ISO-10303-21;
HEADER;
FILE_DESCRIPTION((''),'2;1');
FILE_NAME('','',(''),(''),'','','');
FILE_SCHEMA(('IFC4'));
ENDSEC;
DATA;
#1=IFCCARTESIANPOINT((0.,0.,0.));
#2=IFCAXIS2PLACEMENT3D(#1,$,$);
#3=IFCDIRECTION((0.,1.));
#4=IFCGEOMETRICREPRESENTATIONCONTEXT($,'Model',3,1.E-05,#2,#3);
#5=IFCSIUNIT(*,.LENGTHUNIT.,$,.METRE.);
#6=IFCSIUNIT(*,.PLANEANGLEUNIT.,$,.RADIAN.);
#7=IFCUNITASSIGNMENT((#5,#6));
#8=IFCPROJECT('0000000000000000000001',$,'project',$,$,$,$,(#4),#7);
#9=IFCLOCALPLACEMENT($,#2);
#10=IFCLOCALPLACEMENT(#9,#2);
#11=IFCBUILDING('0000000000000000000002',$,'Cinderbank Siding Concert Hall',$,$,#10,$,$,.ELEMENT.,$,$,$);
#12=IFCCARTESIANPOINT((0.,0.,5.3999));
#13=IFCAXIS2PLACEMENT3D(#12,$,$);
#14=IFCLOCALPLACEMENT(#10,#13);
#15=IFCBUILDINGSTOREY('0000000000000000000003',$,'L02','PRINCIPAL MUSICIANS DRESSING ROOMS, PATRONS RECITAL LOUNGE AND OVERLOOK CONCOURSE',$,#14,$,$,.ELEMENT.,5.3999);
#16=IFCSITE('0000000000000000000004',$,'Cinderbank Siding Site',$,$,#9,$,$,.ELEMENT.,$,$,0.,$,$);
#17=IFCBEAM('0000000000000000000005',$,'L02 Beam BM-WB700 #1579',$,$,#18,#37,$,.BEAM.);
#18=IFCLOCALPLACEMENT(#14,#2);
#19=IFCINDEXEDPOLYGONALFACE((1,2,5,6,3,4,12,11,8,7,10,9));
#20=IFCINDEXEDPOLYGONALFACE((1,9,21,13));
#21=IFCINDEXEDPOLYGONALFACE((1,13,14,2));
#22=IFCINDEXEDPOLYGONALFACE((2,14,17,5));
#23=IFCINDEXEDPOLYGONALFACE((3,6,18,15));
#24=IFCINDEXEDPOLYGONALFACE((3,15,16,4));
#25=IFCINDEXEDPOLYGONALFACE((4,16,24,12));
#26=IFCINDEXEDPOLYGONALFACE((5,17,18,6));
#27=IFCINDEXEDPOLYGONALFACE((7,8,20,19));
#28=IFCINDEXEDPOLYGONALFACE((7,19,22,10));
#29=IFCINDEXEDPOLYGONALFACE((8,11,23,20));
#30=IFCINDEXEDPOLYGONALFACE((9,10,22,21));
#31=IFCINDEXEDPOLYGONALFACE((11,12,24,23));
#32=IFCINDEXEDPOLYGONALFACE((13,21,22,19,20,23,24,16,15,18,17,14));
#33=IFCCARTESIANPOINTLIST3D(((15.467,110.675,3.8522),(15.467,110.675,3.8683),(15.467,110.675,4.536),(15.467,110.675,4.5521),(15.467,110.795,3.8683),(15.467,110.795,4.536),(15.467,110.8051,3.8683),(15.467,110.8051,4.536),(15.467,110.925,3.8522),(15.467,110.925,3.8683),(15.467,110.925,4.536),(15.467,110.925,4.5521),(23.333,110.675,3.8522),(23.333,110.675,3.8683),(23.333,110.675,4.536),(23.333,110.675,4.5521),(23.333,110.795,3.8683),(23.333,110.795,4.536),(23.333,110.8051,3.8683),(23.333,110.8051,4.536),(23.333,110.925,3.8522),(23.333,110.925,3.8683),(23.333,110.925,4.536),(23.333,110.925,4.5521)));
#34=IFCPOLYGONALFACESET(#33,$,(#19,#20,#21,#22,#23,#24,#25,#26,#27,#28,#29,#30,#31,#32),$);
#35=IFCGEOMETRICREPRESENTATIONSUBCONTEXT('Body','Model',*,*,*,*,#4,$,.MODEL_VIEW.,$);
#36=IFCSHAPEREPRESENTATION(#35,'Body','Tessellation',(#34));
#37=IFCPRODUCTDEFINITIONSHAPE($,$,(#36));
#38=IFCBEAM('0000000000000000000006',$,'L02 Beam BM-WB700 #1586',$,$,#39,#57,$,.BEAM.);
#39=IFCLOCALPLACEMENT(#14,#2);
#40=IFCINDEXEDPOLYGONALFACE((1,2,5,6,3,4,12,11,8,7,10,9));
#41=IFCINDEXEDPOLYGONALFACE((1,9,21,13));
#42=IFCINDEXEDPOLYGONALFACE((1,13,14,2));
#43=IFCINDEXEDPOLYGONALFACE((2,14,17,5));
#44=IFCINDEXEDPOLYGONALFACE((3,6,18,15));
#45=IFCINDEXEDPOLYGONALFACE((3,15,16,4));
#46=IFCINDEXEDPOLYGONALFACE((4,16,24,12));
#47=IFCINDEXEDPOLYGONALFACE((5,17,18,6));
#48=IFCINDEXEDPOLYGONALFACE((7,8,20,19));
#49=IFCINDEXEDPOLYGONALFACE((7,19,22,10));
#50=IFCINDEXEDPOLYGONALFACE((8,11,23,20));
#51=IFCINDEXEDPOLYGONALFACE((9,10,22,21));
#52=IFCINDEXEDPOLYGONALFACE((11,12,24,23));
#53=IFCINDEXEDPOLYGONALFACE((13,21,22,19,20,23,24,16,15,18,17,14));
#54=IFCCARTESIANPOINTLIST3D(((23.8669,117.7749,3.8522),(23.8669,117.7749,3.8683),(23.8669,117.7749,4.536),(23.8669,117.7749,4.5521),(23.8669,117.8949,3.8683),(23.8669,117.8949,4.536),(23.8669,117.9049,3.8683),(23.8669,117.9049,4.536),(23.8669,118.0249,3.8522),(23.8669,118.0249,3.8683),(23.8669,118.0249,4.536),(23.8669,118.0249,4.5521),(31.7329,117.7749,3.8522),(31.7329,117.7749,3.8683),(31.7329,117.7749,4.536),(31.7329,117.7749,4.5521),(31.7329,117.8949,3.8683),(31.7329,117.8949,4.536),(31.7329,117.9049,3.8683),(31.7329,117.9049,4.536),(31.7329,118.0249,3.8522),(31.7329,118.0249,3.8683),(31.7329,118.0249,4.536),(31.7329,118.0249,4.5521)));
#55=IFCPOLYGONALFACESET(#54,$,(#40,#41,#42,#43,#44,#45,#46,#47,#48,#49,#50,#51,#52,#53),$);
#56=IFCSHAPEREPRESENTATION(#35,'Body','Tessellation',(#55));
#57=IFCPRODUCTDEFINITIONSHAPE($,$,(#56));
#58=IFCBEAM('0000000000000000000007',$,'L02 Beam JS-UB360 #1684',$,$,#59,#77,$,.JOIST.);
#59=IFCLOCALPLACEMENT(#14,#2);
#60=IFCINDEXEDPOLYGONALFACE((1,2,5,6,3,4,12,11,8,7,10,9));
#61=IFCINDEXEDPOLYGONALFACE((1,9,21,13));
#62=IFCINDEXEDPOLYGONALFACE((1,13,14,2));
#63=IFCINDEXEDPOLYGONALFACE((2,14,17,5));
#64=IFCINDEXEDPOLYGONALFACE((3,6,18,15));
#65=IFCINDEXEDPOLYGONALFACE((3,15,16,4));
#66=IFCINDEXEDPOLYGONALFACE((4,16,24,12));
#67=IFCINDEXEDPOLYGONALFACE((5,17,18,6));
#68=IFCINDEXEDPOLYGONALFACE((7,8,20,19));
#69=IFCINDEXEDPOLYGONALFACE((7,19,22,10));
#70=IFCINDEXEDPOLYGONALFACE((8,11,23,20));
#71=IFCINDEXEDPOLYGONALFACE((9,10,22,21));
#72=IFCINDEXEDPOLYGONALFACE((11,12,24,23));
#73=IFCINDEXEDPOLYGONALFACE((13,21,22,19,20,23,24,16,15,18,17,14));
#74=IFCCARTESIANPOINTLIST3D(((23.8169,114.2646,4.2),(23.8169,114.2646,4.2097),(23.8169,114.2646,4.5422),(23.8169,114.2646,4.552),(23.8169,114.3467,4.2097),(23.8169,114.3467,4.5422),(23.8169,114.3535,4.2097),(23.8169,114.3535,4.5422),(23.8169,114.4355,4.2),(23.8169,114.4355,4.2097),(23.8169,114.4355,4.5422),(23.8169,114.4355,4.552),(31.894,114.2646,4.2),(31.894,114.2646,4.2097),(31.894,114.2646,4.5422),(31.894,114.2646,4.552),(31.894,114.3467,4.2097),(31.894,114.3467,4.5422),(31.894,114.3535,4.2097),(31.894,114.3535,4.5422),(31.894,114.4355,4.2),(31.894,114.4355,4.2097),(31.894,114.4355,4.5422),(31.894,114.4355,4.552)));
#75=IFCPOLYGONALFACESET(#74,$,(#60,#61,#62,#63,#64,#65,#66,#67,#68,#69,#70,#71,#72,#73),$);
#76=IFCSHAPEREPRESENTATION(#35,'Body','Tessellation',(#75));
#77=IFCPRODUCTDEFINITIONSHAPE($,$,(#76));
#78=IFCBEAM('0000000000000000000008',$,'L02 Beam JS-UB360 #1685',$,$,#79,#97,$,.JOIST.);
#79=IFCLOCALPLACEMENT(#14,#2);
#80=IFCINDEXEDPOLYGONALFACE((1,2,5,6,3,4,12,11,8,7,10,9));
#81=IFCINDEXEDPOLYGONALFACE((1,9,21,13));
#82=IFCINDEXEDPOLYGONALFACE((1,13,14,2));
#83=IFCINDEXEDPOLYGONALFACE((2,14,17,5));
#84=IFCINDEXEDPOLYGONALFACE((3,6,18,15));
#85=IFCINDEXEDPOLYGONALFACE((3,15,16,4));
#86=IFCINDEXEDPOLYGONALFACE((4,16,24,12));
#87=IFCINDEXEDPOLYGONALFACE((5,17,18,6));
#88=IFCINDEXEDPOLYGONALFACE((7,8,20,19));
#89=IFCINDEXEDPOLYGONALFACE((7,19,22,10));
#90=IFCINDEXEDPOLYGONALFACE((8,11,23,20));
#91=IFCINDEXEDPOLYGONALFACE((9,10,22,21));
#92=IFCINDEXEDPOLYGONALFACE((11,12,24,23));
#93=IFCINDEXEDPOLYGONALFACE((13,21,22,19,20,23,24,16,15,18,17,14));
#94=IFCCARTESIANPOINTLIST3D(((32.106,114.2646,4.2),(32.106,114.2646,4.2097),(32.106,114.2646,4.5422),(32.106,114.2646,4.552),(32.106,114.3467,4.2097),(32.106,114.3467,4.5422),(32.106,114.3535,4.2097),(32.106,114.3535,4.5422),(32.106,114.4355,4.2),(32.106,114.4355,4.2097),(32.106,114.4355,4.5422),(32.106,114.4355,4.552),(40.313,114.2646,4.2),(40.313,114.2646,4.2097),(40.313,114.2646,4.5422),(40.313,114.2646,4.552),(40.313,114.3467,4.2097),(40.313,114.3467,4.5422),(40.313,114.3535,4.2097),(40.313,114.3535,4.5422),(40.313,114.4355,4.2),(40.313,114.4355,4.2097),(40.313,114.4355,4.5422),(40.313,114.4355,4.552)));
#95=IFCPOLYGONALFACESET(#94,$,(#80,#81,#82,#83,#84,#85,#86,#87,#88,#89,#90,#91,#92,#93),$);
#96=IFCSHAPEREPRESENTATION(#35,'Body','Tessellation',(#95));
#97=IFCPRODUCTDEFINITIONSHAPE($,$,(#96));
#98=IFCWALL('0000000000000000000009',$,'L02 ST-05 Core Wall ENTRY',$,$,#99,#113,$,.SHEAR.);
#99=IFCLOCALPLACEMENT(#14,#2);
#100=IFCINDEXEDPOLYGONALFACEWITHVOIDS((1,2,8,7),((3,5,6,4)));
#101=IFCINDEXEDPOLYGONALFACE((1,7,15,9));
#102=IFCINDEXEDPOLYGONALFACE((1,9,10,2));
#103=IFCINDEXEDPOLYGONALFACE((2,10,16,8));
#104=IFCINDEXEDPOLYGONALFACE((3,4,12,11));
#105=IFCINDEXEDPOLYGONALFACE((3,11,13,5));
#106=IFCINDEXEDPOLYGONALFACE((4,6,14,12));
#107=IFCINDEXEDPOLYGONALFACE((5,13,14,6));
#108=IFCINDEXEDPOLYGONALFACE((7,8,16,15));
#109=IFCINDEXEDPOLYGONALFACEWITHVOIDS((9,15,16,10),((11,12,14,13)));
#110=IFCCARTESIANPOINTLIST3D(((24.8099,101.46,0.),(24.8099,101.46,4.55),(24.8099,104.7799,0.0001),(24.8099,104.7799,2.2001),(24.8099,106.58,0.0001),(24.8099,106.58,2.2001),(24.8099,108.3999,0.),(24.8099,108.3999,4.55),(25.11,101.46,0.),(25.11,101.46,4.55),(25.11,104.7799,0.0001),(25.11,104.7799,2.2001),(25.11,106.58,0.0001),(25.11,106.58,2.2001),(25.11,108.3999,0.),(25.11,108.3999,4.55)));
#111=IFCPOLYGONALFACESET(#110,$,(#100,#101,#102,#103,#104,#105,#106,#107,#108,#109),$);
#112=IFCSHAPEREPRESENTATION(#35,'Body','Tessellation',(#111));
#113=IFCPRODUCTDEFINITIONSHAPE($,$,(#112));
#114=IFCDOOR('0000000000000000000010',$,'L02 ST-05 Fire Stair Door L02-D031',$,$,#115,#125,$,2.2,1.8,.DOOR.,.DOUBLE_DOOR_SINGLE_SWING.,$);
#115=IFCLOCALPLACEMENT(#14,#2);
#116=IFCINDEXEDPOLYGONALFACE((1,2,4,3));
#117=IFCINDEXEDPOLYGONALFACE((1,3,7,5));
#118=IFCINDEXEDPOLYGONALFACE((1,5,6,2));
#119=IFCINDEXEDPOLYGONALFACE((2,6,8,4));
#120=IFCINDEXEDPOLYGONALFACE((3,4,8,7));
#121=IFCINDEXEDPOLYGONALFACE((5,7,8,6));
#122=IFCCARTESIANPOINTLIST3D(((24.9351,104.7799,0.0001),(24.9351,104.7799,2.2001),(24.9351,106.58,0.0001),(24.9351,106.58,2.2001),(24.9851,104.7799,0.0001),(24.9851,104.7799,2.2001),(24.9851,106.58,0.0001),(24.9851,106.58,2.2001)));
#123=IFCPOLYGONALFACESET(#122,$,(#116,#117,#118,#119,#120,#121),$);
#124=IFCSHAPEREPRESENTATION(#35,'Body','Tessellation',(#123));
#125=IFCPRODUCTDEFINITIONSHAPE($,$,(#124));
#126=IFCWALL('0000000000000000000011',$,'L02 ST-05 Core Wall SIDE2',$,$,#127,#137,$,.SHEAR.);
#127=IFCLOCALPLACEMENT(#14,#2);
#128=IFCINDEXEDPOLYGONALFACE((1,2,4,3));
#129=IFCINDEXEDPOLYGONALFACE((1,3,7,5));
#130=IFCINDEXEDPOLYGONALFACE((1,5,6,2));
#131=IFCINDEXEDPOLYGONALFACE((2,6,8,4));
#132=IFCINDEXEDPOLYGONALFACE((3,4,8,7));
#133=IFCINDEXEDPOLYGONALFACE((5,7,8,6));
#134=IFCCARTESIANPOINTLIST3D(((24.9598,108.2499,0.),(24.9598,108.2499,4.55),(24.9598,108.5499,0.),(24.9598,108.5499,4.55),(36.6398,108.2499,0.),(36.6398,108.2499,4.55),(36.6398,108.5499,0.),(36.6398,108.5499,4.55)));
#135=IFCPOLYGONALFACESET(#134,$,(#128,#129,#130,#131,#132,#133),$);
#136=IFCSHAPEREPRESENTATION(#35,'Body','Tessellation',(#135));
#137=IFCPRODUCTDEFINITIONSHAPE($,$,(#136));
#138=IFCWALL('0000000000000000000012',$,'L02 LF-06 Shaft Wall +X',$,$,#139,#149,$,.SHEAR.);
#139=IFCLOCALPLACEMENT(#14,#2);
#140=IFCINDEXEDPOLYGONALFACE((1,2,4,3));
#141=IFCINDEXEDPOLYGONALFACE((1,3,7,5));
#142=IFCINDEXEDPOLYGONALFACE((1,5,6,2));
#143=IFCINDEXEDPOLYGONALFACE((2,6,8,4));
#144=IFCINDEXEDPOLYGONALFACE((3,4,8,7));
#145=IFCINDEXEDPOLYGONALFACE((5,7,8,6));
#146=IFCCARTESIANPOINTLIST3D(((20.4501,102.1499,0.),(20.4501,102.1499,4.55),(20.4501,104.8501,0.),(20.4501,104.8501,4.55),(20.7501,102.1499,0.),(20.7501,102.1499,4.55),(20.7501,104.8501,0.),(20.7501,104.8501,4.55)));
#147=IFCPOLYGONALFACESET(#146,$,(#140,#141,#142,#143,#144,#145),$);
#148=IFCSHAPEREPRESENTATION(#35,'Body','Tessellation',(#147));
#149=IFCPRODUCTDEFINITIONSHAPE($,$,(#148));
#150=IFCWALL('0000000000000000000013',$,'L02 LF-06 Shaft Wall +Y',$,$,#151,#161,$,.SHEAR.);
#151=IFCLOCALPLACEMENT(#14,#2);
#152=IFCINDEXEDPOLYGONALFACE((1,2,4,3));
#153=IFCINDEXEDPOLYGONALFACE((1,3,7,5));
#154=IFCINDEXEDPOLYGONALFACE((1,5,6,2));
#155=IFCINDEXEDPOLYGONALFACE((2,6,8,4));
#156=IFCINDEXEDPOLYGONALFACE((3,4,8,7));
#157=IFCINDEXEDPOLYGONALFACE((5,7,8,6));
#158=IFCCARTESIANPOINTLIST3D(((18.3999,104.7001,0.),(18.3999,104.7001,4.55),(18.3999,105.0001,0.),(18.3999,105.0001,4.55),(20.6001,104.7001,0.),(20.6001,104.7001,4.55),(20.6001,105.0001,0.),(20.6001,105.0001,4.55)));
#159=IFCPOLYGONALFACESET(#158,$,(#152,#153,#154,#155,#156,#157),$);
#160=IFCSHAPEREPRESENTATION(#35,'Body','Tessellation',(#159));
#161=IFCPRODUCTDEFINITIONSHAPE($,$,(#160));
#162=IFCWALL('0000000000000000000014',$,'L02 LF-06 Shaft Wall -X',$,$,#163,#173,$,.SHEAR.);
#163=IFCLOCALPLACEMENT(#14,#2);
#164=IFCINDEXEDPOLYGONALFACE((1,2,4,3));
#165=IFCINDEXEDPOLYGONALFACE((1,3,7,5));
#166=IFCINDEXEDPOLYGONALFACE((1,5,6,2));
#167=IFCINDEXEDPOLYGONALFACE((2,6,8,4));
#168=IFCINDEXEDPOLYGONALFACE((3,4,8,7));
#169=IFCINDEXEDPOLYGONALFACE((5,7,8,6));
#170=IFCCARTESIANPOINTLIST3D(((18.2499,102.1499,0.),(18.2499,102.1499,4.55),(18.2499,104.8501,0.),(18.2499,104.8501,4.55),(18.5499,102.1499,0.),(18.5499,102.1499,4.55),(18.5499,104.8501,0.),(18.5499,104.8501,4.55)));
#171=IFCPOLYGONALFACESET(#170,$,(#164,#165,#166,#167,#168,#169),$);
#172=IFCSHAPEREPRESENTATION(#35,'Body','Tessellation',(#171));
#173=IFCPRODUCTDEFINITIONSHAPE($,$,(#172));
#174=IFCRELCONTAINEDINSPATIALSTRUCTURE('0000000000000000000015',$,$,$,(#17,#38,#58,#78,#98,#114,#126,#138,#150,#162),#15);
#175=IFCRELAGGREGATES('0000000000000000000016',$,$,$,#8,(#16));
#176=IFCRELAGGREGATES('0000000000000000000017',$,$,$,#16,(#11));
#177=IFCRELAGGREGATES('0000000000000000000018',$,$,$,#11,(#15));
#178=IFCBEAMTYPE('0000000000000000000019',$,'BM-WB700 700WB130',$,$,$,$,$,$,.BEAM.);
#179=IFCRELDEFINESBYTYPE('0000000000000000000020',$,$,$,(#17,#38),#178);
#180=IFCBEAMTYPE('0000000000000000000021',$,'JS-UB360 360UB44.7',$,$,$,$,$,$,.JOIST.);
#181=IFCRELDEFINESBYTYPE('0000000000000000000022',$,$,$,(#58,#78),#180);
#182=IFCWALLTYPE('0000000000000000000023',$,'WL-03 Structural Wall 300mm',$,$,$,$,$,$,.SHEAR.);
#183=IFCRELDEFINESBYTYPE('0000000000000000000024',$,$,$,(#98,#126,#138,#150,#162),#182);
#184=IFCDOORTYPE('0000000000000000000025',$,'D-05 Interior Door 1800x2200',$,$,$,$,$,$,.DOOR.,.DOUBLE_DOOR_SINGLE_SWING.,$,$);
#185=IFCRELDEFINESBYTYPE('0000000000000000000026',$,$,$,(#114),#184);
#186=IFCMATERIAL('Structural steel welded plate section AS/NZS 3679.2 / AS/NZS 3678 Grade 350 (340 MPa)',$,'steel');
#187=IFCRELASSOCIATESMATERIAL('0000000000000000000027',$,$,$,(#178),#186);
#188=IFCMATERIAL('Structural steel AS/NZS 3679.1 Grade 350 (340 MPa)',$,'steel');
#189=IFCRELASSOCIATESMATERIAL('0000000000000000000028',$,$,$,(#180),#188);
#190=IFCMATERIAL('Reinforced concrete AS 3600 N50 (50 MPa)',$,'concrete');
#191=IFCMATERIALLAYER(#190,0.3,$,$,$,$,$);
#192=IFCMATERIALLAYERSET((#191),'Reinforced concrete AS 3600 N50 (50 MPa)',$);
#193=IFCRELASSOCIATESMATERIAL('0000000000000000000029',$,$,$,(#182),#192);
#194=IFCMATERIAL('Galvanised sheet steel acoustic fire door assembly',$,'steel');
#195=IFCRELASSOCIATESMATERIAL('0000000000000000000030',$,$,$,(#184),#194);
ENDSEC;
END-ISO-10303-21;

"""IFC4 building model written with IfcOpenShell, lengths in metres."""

from ifc_helpers import new_model, si_unit, direction, frame, frame_2d, origin, origin_2d, place, context, subcontext, project, spatial, rectangle, i_section, extrude, material, layer, layer_set, material_profile, profile_set, type_object, element, fill, save


model = new_model("IFC4")

# Units and contexts
model_context = context("Model", 3, precision=1e-05, world=origin(), true_north=direction((0.0, 1.0)))
body_context = subcontext(model_context, "Body", "Model", "MODEL_VIEW")
ifc_project = project(units=[si_unit("LENGTHUNIT", "METRE"), si_unit("PLANEANGLEUNIT", "RADIAN")], contexts=[model_context])

# Site, building, storey
site_placement = place(None, origin())
site = spatial("IfcSite", under=ifc_project, at=site_placement, Name="Cinderbank Siding Site", CompositionType="ELEMENT", RefElevation=0.0)
building_placement = place(site_placement, origin())
building = spatial("IfcBuilding", under=site, at=building_placement, Name="Cinderbank Siding Concert Hall", CompositionType="ELEMENT")
storey_placement = place(building_placement, frame((0.0, 0.0, 5.3999)))
storey = spatial("IfcBuildingStorey", under=building, at=storey_placement, Name="L02", Description="PRINCIPAL MUSICIANS DRESSING ROOMS, PATRONS RECITAL LOUNGE AND OVERLOOK CONCOURSE", CompositionType="ELEMENT", Elevation=5.3999)

# Shared definitions
ifc_material_1 = material(Name="Reinforced concrete AS 3600 N50 (50 MPa)", Category="concrete")

# Beams
ifc_material_2 = material(Name="Structural steel AS/NZS 3679.1 Grade 350 (340 MPa)", Category="steel")
ifc_material_3 = material(Name="Structural steel welded plate section AS/NZS 3679.2 / AS/NZS 3678 Grade 350 (340 MPa)", Category="steel")
ifc_material_profile_1 = material_profile(ifc_material_3, i_section(OverallWidth=0.25, OverallDepth=0.7, WebThickness=0.01, FlangeThickness=0.0161, at=origin_2d()), Name="700WB130", Category="LoadBearing")
ifc_profile_set_1 = profile_set([ifc_material_profile_1], Name="Structural steel welded plate section AS/NZS 3679.2 / AS/NZS 3678 Grade 350 (340 MPa)")
beam_type_1 = type_object("IfcBeamType", Name="BM-WB700 700WB130", PredefinedType="BEAM", material=ifc_profile_set_1)
for number, where, z_axis, x_axis, name in (
    (1, (15.467, 110.8, 4.2021), (1.0, 0.0, 0.0), (0.0, 1.0, 0.0), "L02 Beam BM-WB700 #1579"),
    (2, (23.8669, 117.8999, 4.2021), (1.0, 0.0, 0.0), (0.0, 1.0, 0.0), "L02 Beam BM-WB700 #1586"),
):
    element("IfcBeam", number, at=place(storey_placement, frame(where, z_axis=z_axis, x_axis=x_axis)), inside=storey, type_object=beam_type_1, Name=name, PredefinedType="BEAM", context=body_context, shape_type="SweptSolid", body=[
        extrude(i_section(OverallWidth=0.25, OverallDepth=0.7, WebThickness=0.01, FlangeThickness=0.0161, at=origin_2d()), origin(), (0.0, 0.0, 1.0), 7.866),
    ])
ifc_material_profile_2 = material_profile(ifc_material_2, i_section(OverallWidth=0.1709, OverallDepth=0.3521, WebThickness=0.0068, FlangeThickness=0.0098, at=origin_2d()), Name="360UB44.7", Category="LoadBearing")
ifc_profile_set_2 = profile_set([ifc_material_profile_2], Name="Structural steel AS/NZS 3679.1 Grade 350 (340 MPa)")
beam_type_2 = type_object("IfcBeamType", Name="JS-UB360 360UB44.7", PredefinedType="JOIST", material=ifc_profile_set_2)
beam_1_placement = place(storey_placement, frame((23.8169, 114.3501, 4.376), z_axis=(1.0, 0.0, 0.0), x_axis=(0.0, 1.0, 0.0)))
element("IfcBeam", 3, at=beam_1_placement, inside=storey, type_object=beam_type_2, Name="L02 Beam JS-UB360 #1684", PredefinedType="JOIST", context=body_context, shape_type="SweptSolid", body=[
    extrude(i_section(OverallWidth=0.1709, OverallDepth=0.3521, WebThickness=0.0068, FlangeThickness=0.0098, at=origin_2d()), origin(), (0.0, 0.0, 1.0), 8.0771),
])
beam_2_placement = place(storey_placement, frame((32.106, 114.3501, 4.376), z_axis=(1.0, 0.0, 0.0), x_axis=(0.0, 1.0, 0.0)))
element("IfcBeam", 4, at=beam_2_placement, inside=storey, type_object=beam_type_2, Name="L02 Beam JS-UB360 #1685", PredefinedType="JOIST", context=body_context, shape_type="SweptSolid", body=[
    extrude(i_section(OverallWidth=0.1709, OverallDepth=0.3521, WebThickness=0.0068, FlangeThickness=0.0098, at=origin_2d()), origin(), (0.0, 0.0, 1.0), 8.207),
])

# Wall, opening, door
ifc_layer_1 = layer(ifc_material_1, 0.3)
ifc_layer_set_1 = layer_set([ifc_layer_1], Name="Reinforced concrete AS 3600 N50 (50 MPa)")
wall_type_1 = type_object("IfcWallType", Name="WL-03 Structural Wall 300mm", PredefinedType="SHEAR", material=ifc_layer_set_1)
wall_1_placement = place(storey_placement, frame((24.96, 101.46, 0.0), z_axis=(0.0, 0.0, 1.0), x_axis=(0.0, 1.0, 0.0)))
wall_1 = element("IfcWall", 5, at=wall_1_placement, inside=storey, type_object=wall_type_1, Name="L02 ST-05 Core Wall ENTRY", PredefinedType="SHEAR", context=body_context, shape_type="SweptSolid", body=[
    extrude(rectangle(XDim=6.9399, YDim=0.3, at=frame_2d((3.47, 0.0))), origin(), (0.0, 0.0, 1.0), 4.55),
])
opening_1_placement = place(wall_1_placement, frame((3.3201, 0.0, 0.0)))
opening_1 = element("IfcOpeningElement", 6, at=opening_1_placement, cuts=wall_1, PredefinedType="OPENING", context=body_context, shape_type="SweptSolid", body=[
    extrude(rectangle(XDim=1.8, YDim=2.2, at=frame_2d((0.8999, 1.1001))), frame((0.0, 0.1621, 0.0), z_axis=(0.0, -1.0, 0.0), x_axis=(1.0, 0.0, 0.0)), (0.0, 0.0, 1.0), 0.324),
])
ifc_material_4 = material(Name="Galvanised sheet steel acoustic fire door assembly", Category="steel")
door_type_1 = type_object("IfcDoorType", Name="D-05 Interior Door 1800x2200", OperationType="DOUBLE_DOOR_SINGLE_SWING", PredefinedType="DOOR", material=ifc_material_4)
door_1_placement = place(opening_1_placement, origin())
door_1 = element("IfcDoor", 7, at=door_1_placement, inside=storey, type_object=door_type_1, Name="L02 ST-05 Fire Stair Door L02-D031", OperationType="DOUBLE_DOOR_SINGLE_SWING", OverallHeight=2.2, OverallWidth=1.8, PredefinedType="DOOR", context=body_context, shape_type="SweptSolid", body=[
    extrude(rectangle(XDim=1.8, YDim=2.2, at=frame_2d((0.8999, 1.1001))), frame((0.0, 0.0249, 0.0), z_axis=(0.0, -1.0, 0.0), x_axis=(1.0, 0.0, 0.0)), (0.0, 0.0, 1.0), 0.05),
])
fill(opening_1, door_1)

# Wall
wall_2_placement = place(storey_placement, frame((24.96, 108.3999, 0.0), z_axis=(0.0, 0.0, 1.0), x_axis=(1.0, 0.0, 0.0)))
element("IfcWall", 8, at=wall_2_placement, inside=storey, type_object=wall_type_1, Name="L02 ST-05 Core Wall SIDE2", PredefinedType="SHEAR", context=body_context, shape_type="SweptSolid", body=[
    extrude(rectangle(XDim=11.6799, YDim=0.3, at=frame_2d((5.8398, 0.0))), origin(), (0.0, 0.0, 1.0), 4.55),
])

# Walls
wall_3_placement = place(storey_placement, frame((20.6001, 104.8501, 0.0), z_axis=(0.0, 0.0, 1.0), x_axis=(0.0, -1.0, 0.0)))
element("IfcWall", 9, at=wall_3_placement, inside=storey, type_object=wall_type_1, Name="L02 LF-06 Shaft Wall +X", PredefinedType="SHEAR", context=body_context, shape_type="SweptSolid", body=[
    extrude(rectangle(XDim=2.7002, YDim=0.3, at=frame_2d((1.3501, 0.0))), origin(), (0.0, 0.0, 1.0), 4.55),
])
wall_4_placement = place(storey_placement, frame((18.3999, 104.8501, 0.0), z_axis=(0.0, 0.0, 1.0), x_axis=(1.0, 0.0, 0.0)))
element("IfcWall", 10, at=wall_4_placement, inside=storey, type_object=wall_type_1, Name="L02 LF-06 Shaft Wall +Y", PredefinedType="SHEAR", context=body_context, shape_type="SweptSolid", body=[
    extrude(rectangle(XDim=2.2002, YDim=0.3, at=frame_2d((1.1001, 0.0))), origin(), (0.0, 0.0, 1.0), 4.55),
])
wall_5_placement = place(storey_placement, frame((18.3999, 102.1499, 0.0), z_axis=(0.0, 0.0, 1.0), x_axis=(0.0, 1.0, 0.0)))
element("IfcWall", 11, at=wall_5_placement, inside=storey, type_object=wall_type_1, Name="L02 LF-06 Shaft Wall -X", PredefinedType="SHEAR", context=body_context, shape_type="SweptSolid", body=[
    extrude(rectangle(XDim=2.7002, YDim=0.3, at=frame_2d((1.3501, 0.0))), origin(), (0.0, 0.0, 1.0), 4.55),
])

save(model, "model.ifc")
